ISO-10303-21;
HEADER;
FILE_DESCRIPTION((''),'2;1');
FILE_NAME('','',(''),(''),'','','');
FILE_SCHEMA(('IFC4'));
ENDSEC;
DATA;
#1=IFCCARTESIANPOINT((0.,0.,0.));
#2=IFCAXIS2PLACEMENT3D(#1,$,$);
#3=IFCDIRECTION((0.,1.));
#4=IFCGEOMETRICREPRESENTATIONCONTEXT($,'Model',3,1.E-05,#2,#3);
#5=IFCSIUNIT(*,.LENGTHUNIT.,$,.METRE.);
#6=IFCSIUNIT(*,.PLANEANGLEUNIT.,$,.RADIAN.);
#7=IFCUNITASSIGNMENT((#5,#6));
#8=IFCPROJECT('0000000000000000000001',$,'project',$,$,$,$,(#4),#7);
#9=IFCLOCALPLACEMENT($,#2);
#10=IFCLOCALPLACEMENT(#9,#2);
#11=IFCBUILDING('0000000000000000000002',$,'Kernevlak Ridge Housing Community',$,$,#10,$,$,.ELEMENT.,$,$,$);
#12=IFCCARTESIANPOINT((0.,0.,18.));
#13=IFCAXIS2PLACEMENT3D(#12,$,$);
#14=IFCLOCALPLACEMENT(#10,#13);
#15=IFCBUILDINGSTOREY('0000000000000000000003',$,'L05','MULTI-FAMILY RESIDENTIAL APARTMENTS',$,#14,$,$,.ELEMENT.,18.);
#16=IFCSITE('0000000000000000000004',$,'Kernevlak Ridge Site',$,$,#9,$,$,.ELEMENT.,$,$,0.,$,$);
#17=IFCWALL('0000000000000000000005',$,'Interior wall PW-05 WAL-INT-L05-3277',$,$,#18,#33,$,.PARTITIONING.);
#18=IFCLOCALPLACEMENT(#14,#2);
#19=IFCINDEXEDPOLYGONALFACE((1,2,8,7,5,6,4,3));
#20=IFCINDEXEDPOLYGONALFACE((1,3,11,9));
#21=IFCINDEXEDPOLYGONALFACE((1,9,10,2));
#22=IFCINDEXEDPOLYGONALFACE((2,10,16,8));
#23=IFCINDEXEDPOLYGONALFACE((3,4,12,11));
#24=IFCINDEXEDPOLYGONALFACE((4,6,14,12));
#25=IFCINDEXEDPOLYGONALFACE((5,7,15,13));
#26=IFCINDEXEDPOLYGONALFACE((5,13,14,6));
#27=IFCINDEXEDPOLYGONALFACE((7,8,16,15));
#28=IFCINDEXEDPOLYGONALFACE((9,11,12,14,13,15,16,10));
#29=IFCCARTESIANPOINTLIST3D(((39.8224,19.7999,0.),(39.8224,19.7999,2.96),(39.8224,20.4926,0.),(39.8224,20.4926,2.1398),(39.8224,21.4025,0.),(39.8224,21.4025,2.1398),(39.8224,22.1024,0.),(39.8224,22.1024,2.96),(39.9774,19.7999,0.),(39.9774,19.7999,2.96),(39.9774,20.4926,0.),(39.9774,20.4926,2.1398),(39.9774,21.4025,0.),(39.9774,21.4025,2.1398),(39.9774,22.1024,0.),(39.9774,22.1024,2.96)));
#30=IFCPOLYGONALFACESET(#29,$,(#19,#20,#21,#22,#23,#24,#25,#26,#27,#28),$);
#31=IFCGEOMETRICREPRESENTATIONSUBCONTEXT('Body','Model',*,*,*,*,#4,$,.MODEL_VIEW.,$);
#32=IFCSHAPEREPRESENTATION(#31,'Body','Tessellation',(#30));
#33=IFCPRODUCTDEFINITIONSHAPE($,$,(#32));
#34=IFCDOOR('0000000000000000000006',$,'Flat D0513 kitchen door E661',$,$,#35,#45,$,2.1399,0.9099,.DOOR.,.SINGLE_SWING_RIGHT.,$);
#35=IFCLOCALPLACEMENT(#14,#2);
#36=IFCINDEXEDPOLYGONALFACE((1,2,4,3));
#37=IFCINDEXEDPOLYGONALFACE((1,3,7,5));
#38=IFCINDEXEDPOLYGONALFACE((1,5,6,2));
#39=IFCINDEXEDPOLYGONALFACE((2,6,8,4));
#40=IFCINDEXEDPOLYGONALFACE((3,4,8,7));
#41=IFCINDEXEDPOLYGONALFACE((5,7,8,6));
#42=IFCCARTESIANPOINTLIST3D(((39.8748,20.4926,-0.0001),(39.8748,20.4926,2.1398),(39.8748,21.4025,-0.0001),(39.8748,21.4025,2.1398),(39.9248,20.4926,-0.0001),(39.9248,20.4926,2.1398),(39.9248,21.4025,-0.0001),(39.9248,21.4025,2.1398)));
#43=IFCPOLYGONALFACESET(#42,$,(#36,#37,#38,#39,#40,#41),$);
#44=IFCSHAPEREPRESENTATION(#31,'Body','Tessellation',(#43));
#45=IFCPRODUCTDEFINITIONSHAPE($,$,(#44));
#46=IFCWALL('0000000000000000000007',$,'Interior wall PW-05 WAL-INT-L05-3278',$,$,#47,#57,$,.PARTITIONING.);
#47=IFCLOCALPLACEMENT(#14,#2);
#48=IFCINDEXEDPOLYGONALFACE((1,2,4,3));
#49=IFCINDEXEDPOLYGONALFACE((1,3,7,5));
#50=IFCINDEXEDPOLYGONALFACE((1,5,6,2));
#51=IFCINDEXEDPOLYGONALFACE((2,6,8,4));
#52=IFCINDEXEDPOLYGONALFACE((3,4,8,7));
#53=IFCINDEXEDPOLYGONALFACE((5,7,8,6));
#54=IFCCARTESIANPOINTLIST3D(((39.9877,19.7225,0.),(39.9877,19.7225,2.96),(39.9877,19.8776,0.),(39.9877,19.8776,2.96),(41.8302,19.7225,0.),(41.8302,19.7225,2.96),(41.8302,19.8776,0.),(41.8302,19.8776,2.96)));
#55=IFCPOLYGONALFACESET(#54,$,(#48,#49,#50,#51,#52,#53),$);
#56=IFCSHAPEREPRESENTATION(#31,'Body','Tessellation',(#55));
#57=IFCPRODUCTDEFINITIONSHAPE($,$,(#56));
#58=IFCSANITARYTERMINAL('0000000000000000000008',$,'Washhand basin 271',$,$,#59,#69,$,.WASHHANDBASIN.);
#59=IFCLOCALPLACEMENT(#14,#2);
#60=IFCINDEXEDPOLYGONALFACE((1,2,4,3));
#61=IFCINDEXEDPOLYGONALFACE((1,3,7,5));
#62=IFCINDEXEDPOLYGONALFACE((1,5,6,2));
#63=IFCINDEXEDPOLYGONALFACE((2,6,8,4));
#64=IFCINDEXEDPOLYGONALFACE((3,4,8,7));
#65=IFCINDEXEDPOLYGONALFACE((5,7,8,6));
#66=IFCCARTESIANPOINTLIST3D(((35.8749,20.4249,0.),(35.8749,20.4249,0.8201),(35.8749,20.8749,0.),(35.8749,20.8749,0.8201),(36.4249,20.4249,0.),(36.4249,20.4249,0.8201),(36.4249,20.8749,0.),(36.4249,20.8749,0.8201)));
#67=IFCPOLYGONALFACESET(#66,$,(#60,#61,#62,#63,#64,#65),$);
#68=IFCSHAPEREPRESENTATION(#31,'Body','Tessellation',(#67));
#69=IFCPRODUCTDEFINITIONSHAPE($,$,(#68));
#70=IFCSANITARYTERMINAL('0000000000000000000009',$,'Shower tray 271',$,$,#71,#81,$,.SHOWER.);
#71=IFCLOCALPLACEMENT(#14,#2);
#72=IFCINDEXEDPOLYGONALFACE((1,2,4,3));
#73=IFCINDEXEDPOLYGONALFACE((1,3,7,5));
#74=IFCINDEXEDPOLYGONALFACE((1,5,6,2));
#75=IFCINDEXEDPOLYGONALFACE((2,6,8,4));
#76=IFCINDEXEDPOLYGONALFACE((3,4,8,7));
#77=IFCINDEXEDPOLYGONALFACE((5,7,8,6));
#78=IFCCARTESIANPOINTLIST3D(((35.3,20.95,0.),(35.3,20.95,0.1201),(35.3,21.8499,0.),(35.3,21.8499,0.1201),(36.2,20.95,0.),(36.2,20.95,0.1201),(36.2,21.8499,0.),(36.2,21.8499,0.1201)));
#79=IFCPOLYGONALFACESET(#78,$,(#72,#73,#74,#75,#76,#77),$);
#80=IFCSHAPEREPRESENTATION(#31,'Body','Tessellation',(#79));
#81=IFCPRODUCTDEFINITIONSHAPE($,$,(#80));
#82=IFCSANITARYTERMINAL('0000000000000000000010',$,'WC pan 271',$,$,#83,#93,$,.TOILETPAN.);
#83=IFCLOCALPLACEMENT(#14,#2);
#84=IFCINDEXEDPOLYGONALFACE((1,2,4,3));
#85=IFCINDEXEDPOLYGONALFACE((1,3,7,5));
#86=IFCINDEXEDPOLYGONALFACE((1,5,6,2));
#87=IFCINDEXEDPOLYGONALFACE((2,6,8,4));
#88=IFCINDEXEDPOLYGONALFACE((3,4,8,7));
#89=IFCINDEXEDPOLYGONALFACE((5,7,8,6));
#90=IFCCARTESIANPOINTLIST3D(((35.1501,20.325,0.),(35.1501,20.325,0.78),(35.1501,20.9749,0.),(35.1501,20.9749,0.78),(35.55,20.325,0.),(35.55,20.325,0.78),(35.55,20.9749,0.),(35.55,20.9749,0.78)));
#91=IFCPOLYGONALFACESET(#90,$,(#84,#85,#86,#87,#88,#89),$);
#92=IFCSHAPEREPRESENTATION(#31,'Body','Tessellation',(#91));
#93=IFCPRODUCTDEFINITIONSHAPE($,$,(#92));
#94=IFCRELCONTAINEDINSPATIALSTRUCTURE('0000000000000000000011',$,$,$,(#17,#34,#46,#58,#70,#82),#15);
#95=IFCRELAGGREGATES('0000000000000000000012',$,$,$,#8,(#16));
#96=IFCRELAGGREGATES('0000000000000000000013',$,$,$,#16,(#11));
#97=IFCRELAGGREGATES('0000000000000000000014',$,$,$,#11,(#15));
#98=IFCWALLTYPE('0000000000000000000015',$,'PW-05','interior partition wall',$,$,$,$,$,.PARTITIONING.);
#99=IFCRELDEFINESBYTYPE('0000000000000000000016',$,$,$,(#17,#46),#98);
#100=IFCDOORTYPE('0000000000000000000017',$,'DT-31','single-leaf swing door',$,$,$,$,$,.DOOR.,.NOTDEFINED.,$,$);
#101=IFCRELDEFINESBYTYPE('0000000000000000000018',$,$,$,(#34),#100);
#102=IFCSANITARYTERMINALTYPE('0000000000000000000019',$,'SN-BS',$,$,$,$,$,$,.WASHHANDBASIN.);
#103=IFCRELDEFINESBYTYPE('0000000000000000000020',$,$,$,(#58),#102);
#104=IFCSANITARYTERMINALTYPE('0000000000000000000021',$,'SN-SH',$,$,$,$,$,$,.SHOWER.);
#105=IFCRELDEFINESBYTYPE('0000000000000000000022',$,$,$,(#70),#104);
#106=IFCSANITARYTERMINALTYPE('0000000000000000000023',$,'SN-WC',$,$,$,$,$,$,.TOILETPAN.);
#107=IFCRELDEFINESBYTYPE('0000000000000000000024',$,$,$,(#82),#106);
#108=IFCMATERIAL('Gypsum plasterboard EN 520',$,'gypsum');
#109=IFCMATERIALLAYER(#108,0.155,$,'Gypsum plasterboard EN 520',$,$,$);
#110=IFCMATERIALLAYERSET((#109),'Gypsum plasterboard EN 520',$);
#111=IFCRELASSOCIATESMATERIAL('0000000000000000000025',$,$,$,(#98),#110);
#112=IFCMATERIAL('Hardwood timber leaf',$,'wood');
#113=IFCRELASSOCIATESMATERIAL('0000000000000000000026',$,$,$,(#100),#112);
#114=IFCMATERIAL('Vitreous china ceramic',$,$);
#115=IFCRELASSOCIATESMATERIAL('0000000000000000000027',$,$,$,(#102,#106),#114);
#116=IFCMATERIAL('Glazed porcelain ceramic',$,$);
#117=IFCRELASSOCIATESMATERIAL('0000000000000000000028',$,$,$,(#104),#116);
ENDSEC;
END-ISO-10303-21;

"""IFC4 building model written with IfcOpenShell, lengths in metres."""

from ifc_helpers import new_model, si_unit, direction, frame, frame_2d, origin, origin_2d, place, context, subcontext, project, spatial, rectangle, extrude, material, layer, layer_set, type_object, element, fill, save


model = new_model("IFC4")

# Units and contexts
model_context = context("Model", 3, precision=1e-05, world=origin(), true_north=direction((0.0, 1.0)))
body_context = subcontext(model_context, "Body", "Model", "MODEL_VIEW")
ifc_project = project(units=[si_unit("LENGTHUNIT", "METRE"), si_unit("PLANEANGLEUNIT", "RADIAN")], contexts=[model_context])

# Site, building, storey
site_placement = place(None, origin())
site = spatial("IfcSite", under=ifc_project, at=site_placement, Name="Kernevlak Ridge Site", CompositionType="ELEMENT", RefElevation=0.0)
building_placement = place(site_placement, origin())
building = spatial("IfcBuilding", under=site, at=building_placement, Name="Kernevlak Ridge Housing Community", CompositionType="ELEMENT")
storey_placement = place(building_placement, frame((0.0, 0.0, 18.0)))
storey = spatial("IfcBuildingStorey", under=building, at=storey_placement, Name="L05", Description="MULTI-FAMILY RESIDENTIAL APARTMENTS", CompositionType="ELEMENT", Elevation=18.0)

# Shared definitions
ifc_material_1 = material(Name="Hardwood timber leaf", Category="wood")

# Wall, opening, door
ifc_material_2 = material(Name="Gypsum plasterboard EN 520", Category="gypsum")
ifc_layer_1 = layer(ifc_material_2, 0.155, Name="Gypsum plasterboard EN 520")
ifc_layer_set_1 = layer_set([ifc_layer_1], Name="Gypsum plasterboard EN 520")
wall_type_1 = type_object("IfcWallType", Name="PW-05", Description="interior partition wall", PredefinedType="PARTITIONING", material=ifc_layer_set_1)
wall_1_placement = place(storey_placement, frame((39.8999, 22.1025, 0.0), z_axis=(0.0, 0.0, 1.0), x_axis=(0.0, -1.0, 0.0)))
wall_1 = element("IfcWall", 1, at=wall_1_placement, inside=storey, type_object=wall_type_1, Name="Interior wall PW-05 WAL-INT-L05-3277", PredefinedType="PARTITIONING", context=body_context, shape_type="SweptSolid", body=[
    extrude(rectangle(XDim=2.3025, YDim=0.155, at=frame_2d((1.1514, 0.0))), origin(), (0.0, 0.0, 1.0), 2.96),
])
opening_1_placement = place(wall_1_placement, frame((0.7, 0.0, 0.0)))
opening_1 = element("IfcOpeningElement", 2, at=opening_1_placement, cuts=wall_1, PredefinedType="OPENING", context=body_context, shape_type="SweptSolid", body=[
    extrude(rectangle(XDim=0.9099, YDim=2.1399, at=frame_2d((0.4551, 1.0698))), frame((0.0, 0.0874, 0.0), z_axis=(0.0, -1.0, 0.0), x_axis=(1.0, 0.0, 0.0)), (0.0, 0.0, 1.0), 0.175),
])
door_type_1 = type_object("IfcDoorType", Name="DT-31", Description="single-leaf swing door", OperationType="NOTDEFINED", PredefinedType="DOOR", material=ifc_material_1)
door_1_placement = place(opening_1_placement, origin())
door_1 = element("IfcDoor", 3, at=door_1_placement, inside=storey, type_object=door_type_1, Name="Flat D0513 kitchen door E661", OperationType="SINGLE_SWING_RIGHT", OverallHeight=2.1399, OverallWidth=0.9099, PredefinedType="DOOR", context=body_context, shape_type="SweptSolid", body=[
    extrude(rectangle(XDim=0.9099, YDim=2.1399, at=frame_2d((0.4551, 1.0698))), frame((0.0, 0.0249, 0.0), z_axis=(0.0, -1.0, 0.0), x_axis=(1.0, 0.0, 0.0)), (0.0, 0.0, 1.0), 0.05),
])
fill(opening_1, door_1)

# Wall
wall_2_placement = place(storey_placement, frame((39.9875, 19.8, 0.0), z_axis=(0.0, 0.0, 1.0), x_axis=(1.0, 0.0, 0.0)))
element("IfcWall", 4, at=wall_2_placement, inside=storey, type_object=wall_type_1, Name="Interior wall PW-05 WAL-INT-L05-3278", PredefinedType="PARTITIONING", context=body_context, shape_type="SweptSolid", body=[
    extrude(rectangle(XDim=1.8425, YDim=0.155, at=frame_2d((0.9214, 0.0))), origin(), (0.0, 0.0, 1.0), 2.96),
])

# Sanitary terminals
ifc_material_3 = material(Name="Vitreous china ceramic")
sanitary_terminal_type_1 = type_object("IfcSanitaryTerminalType", Name="SN-BS", PredefinedType="WASHHANDBASIN", material=ifc_material_3)
sanitary_terminal_1_placement = place(storey_placement, frame((36.1499, 20.6499, 0.0), z_axis=(0.0, 0.0, 1.0), x_axis=(1.0, 0.0, 0.0)))
element("IfcSanitaryTerminal", 5, at=sanitary_terminal_1_placement, inside=storey, type_object=sanitary_terminal_type_1, Name="Washhand basin 271", PredefinedType="WASHHANDBASIN", context=body_context, shape_type="SweptSolid", body=[
    extrude(rectangle(XDim=0.55, YDim=0.45, at=origin_2d()), origin(), (0.0, 0.0, 1.0), 0.8201),
])
ifc_material_4 = material(Name="Glazed porcelain ceramic")
sanitary_terminal_type_2 = type_object("IfcSanitaryTerminalType", Name="SN-SH", PredefinedType="SHOWER", material=ifc_material_4)
sanitary_terminal_2_placement = place(storey_placement, frame((35.75, 21.3999, 0.0), z_axis=(0.0, 0.0, 1.0), x_axis=(1.0, 0.0, 0.0)))
element("IfcSanitaryTerminal", 6, at=sanitary_terminal_2_placement, inside=storey, type_object=sanitary_terminal_type_2, Name="Shower tray 271", PredefinedType="SHOWER", context=body_context, shape_type="SweptSolid", body=[
    extrude(rectangle(XDim=0.8999, YDim=0.8999, at=origin_2d()), origin(), (0.0, 0.0, 1.0), 0.1201),
])
sanitary_terminal_type_3 = type_object("IfcSanitaryTerminalType", Name="SN-WC", PredefinedType="TOILETPAN", material=ifc_material_3)
sanitary_terminal_3_placement = place(storey_placement, frame((35.3501, 20.6499, 0.0), z_axis=(0.0, 0.0, 1.0), x_axis=(1.0, 0.0, 0.0)))
element("IfcSanitaryTerminal", 7, at=sanitary_terminal_3_placement, inside=storey, type_object=sanitary_terminal_type_3, Name="WC pan 271", PredefinedType="TOILETPAN", context=body_context, shape_type="SweptSolid", body=[
    extrude(rectangle(XDim=0.3999, YDim=0.6499, at=origin_2d()), origin(), (0.0, 0.0, 1.0), 0.78),
])

save(model, "model.ifc")
